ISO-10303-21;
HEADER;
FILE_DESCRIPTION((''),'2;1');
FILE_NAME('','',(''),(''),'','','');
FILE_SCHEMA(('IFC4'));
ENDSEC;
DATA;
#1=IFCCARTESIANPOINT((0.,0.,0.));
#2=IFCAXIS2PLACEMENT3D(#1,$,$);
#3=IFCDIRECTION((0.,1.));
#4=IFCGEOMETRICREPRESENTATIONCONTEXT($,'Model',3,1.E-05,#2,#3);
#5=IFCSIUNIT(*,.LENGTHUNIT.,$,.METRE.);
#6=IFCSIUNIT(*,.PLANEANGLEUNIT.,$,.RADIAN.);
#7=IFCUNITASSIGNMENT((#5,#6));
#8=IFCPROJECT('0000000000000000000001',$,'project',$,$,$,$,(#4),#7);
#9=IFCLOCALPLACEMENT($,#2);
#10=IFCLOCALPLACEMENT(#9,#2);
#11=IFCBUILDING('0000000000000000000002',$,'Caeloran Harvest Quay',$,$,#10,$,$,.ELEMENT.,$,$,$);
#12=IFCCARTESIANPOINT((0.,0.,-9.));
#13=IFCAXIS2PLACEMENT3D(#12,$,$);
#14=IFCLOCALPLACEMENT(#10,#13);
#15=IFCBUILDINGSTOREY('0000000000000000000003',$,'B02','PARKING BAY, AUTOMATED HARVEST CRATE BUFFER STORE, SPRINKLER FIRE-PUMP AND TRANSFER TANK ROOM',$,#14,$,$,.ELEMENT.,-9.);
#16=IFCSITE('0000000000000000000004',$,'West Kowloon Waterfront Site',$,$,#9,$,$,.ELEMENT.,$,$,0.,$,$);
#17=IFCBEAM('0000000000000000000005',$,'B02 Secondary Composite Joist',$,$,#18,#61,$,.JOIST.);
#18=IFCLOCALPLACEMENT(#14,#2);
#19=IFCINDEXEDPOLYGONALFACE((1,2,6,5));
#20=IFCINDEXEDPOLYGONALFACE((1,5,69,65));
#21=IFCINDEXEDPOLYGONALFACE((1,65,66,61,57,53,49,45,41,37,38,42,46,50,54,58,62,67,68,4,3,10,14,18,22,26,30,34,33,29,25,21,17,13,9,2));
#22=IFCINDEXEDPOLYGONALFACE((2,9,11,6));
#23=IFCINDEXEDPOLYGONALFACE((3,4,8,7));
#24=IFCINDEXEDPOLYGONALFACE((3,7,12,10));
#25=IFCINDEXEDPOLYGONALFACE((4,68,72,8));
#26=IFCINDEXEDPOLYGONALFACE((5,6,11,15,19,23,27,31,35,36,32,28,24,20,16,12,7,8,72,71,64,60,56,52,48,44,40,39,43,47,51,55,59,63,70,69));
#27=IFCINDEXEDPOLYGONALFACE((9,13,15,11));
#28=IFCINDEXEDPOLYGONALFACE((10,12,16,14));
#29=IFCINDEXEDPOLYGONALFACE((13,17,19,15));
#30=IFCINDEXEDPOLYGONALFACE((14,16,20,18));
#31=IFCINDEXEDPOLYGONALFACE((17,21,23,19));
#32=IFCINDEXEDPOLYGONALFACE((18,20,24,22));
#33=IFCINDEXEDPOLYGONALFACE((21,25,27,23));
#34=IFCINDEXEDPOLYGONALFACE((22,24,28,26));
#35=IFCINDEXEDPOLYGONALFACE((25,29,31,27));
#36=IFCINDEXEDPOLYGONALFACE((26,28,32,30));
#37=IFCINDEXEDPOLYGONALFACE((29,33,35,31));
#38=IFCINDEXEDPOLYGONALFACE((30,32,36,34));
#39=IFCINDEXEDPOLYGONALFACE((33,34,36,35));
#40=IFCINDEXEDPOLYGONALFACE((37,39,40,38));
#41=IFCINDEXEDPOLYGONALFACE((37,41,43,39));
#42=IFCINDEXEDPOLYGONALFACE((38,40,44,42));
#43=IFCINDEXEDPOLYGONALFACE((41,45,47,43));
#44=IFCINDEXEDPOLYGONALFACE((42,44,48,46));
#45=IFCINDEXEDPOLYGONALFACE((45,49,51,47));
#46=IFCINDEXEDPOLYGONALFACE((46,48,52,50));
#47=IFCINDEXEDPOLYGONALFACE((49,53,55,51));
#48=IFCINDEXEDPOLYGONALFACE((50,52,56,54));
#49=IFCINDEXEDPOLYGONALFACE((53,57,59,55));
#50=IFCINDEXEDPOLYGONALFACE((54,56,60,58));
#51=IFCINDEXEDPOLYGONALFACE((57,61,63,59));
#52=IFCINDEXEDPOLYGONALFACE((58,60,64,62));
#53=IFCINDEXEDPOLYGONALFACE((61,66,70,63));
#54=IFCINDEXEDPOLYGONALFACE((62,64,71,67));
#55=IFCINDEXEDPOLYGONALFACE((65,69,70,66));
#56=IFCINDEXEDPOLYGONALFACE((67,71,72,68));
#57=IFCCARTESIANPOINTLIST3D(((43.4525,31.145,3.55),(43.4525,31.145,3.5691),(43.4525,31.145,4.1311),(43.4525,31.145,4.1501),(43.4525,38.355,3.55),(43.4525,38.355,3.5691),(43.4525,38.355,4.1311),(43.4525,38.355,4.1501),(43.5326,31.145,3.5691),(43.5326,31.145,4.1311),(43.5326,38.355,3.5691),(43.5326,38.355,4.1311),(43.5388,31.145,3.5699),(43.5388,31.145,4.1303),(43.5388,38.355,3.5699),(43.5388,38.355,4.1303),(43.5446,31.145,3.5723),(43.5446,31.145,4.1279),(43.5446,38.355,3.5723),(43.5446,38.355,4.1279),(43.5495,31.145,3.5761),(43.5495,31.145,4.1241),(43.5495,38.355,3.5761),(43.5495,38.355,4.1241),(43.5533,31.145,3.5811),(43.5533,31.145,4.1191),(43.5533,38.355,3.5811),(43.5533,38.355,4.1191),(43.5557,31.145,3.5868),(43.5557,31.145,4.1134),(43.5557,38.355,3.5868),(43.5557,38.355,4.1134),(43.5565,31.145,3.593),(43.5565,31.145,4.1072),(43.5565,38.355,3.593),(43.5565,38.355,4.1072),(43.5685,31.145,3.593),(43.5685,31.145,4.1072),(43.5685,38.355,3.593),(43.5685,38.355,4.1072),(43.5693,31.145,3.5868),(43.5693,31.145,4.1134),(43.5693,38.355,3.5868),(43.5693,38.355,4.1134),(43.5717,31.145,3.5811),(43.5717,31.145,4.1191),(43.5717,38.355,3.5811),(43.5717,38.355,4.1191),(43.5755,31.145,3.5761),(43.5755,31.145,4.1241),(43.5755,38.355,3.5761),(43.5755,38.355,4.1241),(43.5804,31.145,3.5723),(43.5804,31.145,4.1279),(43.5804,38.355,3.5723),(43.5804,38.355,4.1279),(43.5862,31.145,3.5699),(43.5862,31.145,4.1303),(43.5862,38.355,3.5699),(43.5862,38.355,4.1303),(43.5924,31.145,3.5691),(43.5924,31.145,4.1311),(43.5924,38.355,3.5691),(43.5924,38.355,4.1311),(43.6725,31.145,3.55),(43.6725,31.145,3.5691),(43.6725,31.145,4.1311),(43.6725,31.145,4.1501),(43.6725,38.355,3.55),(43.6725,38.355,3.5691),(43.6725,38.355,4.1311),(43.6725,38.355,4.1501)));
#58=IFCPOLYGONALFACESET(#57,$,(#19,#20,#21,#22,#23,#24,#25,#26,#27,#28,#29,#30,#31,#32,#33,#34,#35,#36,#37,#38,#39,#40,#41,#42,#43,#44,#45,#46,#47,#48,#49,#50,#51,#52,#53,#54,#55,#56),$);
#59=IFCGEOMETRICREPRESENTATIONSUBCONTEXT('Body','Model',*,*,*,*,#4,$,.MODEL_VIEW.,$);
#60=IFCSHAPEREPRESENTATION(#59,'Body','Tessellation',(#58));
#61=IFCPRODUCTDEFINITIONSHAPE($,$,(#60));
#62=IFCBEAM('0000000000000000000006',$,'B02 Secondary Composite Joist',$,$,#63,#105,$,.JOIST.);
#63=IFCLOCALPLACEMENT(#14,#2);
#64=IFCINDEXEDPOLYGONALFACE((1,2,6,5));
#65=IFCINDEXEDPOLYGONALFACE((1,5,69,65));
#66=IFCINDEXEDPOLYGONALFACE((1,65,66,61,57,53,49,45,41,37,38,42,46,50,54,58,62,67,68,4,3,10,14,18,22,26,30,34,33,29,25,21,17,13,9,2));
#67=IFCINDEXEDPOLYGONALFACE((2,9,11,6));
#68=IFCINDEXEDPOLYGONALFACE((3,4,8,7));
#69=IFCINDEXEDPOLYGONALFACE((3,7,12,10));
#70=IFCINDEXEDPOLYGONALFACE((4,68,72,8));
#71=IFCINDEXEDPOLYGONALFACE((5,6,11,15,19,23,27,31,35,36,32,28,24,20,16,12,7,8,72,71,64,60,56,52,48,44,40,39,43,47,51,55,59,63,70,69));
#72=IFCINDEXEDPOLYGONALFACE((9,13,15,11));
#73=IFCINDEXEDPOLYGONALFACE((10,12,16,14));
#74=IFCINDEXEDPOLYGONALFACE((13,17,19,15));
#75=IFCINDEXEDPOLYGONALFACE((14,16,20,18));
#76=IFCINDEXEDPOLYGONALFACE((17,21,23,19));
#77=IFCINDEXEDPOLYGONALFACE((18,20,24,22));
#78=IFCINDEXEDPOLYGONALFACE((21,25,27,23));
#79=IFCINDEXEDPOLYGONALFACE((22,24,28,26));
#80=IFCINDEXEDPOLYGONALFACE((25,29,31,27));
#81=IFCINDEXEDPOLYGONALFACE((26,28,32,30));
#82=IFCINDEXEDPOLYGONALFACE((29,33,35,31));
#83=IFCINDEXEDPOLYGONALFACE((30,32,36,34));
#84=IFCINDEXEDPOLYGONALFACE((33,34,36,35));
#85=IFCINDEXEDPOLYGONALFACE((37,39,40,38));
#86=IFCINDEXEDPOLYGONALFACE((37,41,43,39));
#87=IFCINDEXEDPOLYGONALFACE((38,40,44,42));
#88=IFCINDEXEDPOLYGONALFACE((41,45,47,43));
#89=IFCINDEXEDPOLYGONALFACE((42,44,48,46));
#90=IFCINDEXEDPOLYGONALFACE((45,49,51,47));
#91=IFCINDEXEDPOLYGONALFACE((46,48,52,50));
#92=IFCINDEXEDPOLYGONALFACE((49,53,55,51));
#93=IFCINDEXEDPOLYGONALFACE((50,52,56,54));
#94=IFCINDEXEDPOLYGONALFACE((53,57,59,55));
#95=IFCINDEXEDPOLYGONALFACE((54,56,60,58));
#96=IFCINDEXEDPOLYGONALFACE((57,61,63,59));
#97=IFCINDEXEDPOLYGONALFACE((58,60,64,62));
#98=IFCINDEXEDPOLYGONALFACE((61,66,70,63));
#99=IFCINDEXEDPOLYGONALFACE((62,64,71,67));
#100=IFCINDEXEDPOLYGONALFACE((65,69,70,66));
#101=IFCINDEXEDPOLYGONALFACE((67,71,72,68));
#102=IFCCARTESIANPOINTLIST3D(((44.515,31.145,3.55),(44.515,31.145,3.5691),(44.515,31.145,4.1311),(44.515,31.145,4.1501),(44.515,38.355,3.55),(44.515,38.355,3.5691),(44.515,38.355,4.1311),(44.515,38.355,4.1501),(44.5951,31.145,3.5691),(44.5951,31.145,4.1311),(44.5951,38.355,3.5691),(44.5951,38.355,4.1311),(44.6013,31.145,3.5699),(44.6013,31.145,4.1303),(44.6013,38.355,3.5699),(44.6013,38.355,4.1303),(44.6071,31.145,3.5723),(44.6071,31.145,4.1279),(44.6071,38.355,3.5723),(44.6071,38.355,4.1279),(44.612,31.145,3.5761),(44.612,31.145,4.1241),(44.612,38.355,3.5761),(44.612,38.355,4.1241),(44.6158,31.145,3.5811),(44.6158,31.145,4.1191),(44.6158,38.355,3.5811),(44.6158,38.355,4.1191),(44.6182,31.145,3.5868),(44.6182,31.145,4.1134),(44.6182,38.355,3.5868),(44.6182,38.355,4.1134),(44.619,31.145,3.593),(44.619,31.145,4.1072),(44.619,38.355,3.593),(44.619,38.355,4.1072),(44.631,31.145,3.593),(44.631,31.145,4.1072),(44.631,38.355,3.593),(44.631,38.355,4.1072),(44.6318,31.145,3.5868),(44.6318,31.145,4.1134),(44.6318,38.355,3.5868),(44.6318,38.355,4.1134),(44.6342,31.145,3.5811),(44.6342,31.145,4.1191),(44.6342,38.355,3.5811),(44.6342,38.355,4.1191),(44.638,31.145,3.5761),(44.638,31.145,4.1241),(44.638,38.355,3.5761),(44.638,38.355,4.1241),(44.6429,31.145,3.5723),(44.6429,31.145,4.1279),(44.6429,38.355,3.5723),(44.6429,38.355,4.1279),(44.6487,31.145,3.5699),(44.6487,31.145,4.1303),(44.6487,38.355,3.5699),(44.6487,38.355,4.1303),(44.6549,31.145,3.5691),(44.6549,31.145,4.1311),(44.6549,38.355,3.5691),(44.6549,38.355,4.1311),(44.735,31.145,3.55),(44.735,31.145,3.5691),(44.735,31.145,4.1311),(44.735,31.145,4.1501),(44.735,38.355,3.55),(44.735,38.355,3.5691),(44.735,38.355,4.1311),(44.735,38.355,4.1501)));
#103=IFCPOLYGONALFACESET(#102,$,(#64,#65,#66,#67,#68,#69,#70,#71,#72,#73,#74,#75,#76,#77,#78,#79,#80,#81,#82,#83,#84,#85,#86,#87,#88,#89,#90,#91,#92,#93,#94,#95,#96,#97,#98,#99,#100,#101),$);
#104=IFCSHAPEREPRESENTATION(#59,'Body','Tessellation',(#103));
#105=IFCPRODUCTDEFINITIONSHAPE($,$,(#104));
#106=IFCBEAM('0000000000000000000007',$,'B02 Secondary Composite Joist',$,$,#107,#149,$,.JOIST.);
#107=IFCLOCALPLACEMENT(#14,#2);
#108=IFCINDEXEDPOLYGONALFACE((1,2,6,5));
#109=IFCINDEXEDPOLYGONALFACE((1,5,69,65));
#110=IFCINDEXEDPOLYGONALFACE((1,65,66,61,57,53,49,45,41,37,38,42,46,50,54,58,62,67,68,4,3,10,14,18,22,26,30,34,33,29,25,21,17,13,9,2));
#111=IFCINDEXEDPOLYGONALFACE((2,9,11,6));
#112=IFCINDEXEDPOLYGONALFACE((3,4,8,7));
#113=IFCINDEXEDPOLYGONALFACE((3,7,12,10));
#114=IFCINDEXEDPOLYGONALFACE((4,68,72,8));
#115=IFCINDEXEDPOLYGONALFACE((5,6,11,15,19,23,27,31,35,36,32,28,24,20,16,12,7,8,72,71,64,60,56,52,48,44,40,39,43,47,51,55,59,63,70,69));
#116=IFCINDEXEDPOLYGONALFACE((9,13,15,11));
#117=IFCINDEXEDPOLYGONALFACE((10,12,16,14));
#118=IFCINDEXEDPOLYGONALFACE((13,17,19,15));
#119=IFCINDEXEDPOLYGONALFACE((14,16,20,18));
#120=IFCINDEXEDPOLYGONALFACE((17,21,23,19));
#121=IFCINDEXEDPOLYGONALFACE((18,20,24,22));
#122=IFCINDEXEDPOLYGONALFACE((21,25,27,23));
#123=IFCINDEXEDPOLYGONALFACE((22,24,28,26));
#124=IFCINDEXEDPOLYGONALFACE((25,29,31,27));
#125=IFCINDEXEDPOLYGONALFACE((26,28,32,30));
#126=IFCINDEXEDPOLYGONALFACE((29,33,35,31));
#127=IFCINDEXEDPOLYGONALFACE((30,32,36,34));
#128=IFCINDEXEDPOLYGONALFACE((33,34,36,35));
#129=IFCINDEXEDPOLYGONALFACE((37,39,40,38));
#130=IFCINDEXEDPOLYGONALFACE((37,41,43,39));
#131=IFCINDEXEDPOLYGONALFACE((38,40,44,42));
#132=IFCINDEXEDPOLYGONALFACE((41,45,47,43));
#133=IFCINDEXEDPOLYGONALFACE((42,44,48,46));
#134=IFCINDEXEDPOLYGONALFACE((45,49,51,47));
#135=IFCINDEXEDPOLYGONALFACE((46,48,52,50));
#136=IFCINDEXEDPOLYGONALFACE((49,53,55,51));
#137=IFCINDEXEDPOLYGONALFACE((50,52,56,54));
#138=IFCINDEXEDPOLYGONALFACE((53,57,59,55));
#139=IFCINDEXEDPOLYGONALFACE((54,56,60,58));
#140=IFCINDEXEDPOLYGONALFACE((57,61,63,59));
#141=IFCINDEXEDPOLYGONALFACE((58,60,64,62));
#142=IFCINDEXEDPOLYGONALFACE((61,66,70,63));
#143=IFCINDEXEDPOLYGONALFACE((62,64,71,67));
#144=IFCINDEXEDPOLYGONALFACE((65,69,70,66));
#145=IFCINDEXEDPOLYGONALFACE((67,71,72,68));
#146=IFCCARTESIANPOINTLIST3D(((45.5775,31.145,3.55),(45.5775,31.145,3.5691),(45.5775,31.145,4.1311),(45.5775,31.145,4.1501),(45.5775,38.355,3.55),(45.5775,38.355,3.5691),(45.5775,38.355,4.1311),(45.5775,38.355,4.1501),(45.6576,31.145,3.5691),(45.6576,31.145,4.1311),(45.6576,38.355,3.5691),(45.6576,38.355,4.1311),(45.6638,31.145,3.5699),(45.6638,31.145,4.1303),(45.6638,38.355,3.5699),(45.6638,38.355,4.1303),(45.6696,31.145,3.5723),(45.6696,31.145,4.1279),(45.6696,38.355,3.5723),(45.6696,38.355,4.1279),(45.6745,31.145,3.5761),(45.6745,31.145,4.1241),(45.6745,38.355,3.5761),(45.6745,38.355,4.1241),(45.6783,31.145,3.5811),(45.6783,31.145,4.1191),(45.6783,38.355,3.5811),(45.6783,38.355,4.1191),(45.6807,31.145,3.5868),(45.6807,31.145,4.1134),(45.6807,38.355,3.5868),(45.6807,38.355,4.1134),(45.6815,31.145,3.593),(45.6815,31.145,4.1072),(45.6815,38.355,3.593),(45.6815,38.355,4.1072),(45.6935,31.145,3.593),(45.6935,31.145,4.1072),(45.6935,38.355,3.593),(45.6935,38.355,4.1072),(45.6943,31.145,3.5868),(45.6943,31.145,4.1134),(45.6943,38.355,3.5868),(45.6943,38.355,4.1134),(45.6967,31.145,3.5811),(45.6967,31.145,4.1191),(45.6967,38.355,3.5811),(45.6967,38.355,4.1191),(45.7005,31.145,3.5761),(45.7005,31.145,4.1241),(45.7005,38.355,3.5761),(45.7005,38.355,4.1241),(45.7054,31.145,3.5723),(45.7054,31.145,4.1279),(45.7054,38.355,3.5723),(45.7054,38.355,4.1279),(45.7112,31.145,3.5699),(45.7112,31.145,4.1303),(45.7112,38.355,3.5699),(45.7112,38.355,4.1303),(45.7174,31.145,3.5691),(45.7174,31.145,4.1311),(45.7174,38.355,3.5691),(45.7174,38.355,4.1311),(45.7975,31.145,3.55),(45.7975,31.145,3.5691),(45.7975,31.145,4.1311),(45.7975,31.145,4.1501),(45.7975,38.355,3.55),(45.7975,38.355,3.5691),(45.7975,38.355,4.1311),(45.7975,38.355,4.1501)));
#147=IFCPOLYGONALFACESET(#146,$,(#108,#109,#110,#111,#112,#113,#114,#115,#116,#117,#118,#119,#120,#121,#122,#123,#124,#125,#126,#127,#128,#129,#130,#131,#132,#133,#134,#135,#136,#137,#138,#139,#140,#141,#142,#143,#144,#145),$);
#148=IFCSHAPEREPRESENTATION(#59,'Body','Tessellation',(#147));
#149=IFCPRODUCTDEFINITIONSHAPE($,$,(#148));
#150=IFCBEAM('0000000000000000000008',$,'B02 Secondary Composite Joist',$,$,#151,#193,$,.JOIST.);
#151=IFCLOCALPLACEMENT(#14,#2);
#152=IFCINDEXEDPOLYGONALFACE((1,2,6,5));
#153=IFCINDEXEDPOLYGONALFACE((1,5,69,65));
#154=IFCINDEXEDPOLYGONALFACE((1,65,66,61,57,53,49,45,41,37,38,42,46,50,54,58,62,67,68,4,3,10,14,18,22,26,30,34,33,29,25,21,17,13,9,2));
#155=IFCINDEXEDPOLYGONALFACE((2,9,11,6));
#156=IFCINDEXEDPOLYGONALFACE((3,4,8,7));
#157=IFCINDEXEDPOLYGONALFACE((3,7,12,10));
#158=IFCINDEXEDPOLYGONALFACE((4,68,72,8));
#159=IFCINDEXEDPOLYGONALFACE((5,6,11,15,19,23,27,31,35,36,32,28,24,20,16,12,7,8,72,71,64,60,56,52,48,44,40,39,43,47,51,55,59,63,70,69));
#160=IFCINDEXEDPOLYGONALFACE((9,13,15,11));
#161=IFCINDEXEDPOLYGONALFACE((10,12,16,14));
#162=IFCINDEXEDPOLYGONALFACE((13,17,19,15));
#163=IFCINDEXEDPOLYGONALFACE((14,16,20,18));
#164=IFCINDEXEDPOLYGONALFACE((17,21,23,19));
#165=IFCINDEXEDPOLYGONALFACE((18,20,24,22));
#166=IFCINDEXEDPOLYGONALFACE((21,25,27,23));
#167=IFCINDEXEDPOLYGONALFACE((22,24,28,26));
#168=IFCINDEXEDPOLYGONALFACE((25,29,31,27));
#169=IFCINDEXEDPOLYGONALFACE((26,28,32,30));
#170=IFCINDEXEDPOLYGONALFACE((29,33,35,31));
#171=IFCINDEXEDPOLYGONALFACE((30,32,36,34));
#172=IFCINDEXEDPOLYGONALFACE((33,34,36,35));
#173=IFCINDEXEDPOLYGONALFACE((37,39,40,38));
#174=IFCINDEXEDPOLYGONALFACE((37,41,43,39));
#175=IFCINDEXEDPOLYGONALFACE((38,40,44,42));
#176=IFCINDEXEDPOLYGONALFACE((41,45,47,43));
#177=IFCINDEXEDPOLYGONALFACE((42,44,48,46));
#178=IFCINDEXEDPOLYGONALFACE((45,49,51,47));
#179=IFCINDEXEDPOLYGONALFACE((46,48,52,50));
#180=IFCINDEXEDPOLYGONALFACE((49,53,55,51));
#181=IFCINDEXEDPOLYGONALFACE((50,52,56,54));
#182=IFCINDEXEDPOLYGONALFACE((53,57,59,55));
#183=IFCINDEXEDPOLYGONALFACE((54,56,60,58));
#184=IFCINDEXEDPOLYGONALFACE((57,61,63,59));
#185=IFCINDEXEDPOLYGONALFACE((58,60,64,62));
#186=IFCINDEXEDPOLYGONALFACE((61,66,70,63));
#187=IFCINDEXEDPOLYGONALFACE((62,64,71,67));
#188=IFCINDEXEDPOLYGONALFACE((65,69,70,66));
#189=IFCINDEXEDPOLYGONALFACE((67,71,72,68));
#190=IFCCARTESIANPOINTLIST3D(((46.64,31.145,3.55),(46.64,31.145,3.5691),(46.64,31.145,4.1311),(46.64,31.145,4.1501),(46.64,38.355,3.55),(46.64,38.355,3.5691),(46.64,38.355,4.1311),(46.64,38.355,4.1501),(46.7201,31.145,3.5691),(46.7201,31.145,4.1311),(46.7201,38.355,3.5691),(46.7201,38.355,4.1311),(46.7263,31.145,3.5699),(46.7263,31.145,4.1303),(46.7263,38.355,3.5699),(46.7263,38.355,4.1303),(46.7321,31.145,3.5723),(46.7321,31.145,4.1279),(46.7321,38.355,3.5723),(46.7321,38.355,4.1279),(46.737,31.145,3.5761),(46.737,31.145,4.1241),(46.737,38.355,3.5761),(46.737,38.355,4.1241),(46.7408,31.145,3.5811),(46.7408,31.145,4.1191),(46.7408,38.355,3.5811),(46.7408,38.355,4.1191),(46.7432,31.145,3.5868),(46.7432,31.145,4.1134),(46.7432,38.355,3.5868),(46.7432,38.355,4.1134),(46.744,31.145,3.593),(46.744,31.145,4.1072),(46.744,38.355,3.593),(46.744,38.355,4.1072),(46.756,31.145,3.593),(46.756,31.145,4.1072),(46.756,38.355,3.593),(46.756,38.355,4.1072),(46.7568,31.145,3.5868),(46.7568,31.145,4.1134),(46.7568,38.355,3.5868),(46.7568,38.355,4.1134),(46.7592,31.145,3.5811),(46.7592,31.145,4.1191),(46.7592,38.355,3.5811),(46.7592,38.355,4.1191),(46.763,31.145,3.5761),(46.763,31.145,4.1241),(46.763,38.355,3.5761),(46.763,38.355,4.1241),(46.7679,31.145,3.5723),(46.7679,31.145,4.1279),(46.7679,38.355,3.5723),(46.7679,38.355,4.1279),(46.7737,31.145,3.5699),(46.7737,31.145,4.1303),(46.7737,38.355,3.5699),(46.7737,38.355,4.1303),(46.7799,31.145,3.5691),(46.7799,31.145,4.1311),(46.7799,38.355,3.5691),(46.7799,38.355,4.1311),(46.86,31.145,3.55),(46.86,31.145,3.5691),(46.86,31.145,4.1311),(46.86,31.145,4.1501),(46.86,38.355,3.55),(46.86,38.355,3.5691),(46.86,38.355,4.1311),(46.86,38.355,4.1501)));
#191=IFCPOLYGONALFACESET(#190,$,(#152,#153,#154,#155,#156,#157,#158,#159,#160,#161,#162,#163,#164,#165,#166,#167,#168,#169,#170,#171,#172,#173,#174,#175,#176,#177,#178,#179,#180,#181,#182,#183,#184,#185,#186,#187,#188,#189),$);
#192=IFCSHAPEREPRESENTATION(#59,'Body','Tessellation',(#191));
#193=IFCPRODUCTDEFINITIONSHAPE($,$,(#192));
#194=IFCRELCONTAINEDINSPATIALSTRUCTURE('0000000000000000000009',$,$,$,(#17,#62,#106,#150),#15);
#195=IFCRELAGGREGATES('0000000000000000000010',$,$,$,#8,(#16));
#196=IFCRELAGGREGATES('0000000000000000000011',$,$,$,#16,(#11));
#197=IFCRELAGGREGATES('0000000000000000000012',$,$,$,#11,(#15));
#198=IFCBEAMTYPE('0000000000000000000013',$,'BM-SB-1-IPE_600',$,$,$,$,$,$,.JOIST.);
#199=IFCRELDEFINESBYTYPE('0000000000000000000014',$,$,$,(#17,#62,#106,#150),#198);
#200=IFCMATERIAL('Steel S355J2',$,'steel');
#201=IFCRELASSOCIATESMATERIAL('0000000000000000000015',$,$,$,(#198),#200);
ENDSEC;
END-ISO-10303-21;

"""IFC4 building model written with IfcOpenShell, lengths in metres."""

from ifc_helpers import new_model, si_unit, direction, frame, origin, origin_2d, place, context, subcontext, project, spatial, i_section, extrude, material, material_profile, profile_set, type_object, element, save


model = new_model("IFC4")

# Units and contexts
model_context = context("Model", 3, precision=1e-05, world=origin(), true_north=direction((0.0, 1.0)))
body_context = subcontext(model_context, "Body", "Model", "MODEL_VIEW")
ifc_project = project(units=[si_unit("LENGTHUNIT", "METRE"), si_unit("PLANEANGLEUNIT", "RADIAN")], contexts=[model_context])

# Site, building, storey
site_placement = place(None, origin())
site = spatial("IfcSite", under=ifc_project, at=site_placement, Name="West Kowloon Waterfront Site", CompositionType="ELEMENT", RefElevation=0.0)
building_placement = place(site_placement, origin())
building = spatial("IfcBuilding", under=site, at=building_placement, Name="Caeloran Harvest Quay", CompositionType="ELEMENT")
storey_placement = place(building_placement, frame((0.0, 0.0, -9.0)))
storey = spatial("IfcBuildingStorey", under=building, at=storey_placement, Name="B02", Description="PARKING BAY, AUTOMATED HARVEST CRATE BUFFER STORE, SPRINKLER FIRE-PUMP AND TRANSFER TANK ROOM", CompositionType="ELEMENT", Elevation=-9.0)

# Beams
ifc_material_1 = material(Name="Steel S355J2", Category="steel")
ifc_material_profile_1 = material_profile(ifc_material_1, i_section(OverallWidth=0.22, OverallDepth=0.6001, WebThickness=0.012, FlangeThickness=0.019, FilletRadius=0.0239, at=origin_2d()), Name="IPE 600")
ifc_profile_set_1 = profile_set([ifc_material_profile_1], Name="Steel S355J2")
beam_type_1 = type_object("IfcBeamType", Name="BM-SB-1-IPE_600", PredefinedType="JOIST", material=ifc_profile_set_1)
for number, where, z_axis, x_axis, name in (
    (1, (43.5625, 31.145, 3.8501), (0.0, 1.0, 0.0), (-1.0, 0.0, 0.0), "B02 Secondary Composite Joist"),
    (2, (44.625, 31.145, 3.8501), (0.0, 1.0, 0.0), (-1.0, 0.0, 0.0), "B02 Secondary Composite Joist"),
    (3, (45.6875, 31.145, 3.8501), (0.0, 1.0, 0.0), (-1.0, 0.0, 0.0), "B02 Secondary Composite Joist"),
    (4, (46.75, 31.145, 3.8501), (0.0, 1.0, 0.0), (-1.0, 0.0, 0.0), "B02 Secondary Composite Joist"),
):
    element("IfcBeam", number, at=place(storey_placement, frame(where, z_axis=z_axis, x_axis=x_axis)), inside=storey, type_object=beam_type_1, Name=name, PredefinedType="JOIST", context=body_context, shape_type="SweptSolid", body=[
        extrude(i_section(OverallWidth=0.22, OverallDepth=0.6001, WebThickness=0.012, FlangeThickness=0.019, FilletRadius=0.0239, at=origin_2d()), origin(), (0.0, 0.0, 1.0), 7.21),
    ])

save(model, "model.ifc")
